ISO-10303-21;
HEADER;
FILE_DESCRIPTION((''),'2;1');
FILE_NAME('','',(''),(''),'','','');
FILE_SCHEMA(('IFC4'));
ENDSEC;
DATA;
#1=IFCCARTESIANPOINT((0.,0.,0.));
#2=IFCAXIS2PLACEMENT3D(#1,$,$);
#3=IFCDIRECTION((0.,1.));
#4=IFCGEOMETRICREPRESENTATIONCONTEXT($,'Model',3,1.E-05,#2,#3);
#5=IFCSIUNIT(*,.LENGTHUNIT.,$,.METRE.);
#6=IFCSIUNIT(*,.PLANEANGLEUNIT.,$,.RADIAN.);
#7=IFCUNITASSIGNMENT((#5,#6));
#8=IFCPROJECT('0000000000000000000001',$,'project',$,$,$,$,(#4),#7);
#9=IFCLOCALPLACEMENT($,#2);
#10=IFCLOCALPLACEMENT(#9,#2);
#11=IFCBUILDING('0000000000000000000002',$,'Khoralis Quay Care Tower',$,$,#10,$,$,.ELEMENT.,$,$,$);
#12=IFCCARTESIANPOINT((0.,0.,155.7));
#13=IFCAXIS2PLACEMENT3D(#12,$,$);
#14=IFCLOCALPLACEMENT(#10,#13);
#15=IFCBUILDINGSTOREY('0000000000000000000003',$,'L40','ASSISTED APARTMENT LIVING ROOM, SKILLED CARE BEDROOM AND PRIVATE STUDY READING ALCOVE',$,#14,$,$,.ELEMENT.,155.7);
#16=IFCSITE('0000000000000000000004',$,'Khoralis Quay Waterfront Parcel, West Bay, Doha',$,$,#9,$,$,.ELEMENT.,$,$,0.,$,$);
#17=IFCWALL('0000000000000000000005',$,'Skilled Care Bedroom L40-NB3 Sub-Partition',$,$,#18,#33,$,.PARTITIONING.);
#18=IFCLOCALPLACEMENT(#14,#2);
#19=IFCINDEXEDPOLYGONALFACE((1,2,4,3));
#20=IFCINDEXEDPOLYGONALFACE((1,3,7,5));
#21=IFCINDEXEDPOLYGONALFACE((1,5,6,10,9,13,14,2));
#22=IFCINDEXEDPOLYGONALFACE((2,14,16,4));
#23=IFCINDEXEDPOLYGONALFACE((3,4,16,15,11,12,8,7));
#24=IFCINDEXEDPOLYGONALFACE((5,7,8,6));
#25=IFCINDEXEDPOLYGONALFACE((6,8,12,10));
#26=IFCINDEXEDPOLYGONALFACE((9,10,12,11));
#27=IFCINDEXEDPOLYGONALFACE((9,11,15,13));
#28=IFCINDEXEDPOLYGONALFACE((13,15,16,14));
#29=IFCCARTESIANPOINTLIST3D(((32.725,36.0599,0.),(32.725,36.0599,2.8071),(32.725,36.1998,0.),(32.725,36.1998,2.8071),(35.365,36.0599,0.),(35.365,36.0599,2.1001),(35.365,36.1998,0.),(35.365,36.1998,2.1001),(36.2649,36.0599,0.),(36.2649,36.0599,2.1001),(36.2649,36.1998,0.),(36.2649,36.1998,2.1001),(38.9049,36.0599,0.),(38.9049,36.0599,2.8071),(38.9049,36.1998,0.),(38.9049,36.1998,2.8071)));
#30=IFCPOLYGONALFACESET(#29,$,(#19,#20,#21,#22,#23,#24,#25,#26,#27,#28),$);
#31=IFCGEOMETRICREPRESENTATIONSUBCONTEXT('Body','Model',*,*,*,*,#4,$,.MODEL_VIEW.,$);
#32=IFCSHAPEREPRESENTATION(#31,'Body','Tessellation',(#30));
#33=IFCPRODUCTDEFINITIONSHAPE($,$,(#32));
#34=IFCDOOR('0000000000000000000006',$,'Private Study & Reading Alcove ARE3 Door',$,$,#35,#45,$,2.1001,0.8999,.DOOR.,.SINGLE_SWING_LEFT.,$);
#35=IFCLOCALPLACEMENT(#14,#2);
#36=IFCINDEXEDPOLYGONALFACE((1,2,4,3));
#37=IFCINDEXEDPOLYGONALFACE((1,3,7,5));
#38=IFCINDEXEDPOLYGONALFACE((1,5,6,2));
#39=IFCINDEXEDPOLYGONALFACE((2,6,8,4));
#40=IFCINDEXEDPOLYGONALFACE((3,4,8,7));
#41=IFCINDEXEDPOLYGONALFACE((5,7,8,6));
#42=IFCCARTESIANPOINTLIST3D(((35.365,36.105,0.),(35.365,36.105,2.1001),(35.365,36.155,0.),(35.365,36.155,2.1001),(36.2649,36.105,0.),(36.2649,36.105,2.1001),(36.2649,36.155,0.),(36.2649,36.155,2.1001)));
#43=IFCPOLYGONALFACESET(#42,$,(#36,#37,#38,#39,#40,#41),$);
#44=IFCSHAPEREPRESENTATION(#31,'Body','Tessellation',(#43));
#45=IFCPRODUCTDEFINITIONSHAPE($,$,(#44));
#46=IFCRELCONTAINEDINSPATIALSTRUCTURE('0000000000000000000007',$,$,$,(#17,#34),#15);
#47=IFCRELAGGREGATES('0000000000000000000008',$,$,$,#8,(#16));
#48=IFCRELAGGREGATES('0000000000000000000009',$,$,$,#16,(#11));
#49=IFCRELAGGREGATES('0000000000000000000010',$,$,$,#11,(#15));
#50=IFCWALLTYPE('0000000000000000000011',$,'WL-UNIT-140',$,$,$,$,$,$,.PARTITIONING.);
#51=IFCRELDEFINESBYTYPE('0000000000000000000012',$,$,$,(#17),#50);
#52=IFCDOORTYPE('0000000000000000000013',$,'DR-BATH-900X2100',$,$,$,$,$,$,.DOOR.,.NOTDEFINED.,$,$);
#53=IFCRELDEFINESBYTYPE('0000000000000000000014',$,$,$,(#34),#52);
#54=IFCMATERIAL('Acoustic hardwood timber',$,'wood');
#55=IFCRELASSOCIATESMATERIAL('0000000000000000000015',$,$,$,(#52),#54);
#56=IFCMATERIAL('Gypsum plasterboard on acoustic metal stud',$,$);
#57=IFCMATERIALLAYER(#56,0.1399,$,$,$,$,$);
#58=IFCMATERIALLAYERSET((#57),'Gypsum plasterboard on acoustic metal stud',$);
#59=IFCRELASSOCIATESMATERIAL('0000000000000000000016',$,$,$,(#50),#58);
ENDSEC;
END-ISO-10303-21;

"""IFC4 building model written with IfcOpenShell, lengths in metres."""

from ifc_helpers import new_model, si_unit, direction, frame, frame_2d, origin, place, context, subcontext, project, spatial, rectangle, extrude, source, transform, mapped, material, layer, layer_set, type_object, element, fill, save


model = new_model("IFC4")

# Units and contexts
model_context = context("Model", 3, precision=1e-05, world=origin(), true_north=direction((0.0, 1.0)))
body_context = subcontext(model_context, "Body", "Model", "MODEL_VIEW")
ifc_project = project(units=[si_unit("LENGTHUNIT", "METRE"), si_unit("PLANEANGLEUNIT", "RADIAN")], contexts=[model_context])

# Site, building, storey
site_placement = place(None, origin())
site = spatial("IfcSite", under=ifc_project, at=site_placement, Name="Khoralis Quay Waterfront Parcel, West Bay, Doha", CompositionType="ELEMENT", RefElevation=0.0)
building_placement = place(site_placement, origin())
building = spatial("IfcBuilding", under=site, at=building_placement, Name="Khoralis Quay Care Tower", CompositionType="ELEMENT")
storey_placement = place(building_placement, frame((0.0, 0.0, 155.7)))
storey = spatial("IfcBuildingStorey", under=building, at=storey_placement, Name="L40", Description="ASSISTED APARTMENT LIVING ROOM, SKILLED CARE BEDROOM AND PRIVATE STUDY READING ALCOVE", CompositionType="ELEMENT", Elevation=155.7)

# Shared definitions
ifc_material_1 = material(Name="Acoustic hardwood timber", Category="wood")
door_type = type_object("IfcDoorType", Name="DR-BATH-900X2100", OperationType="NOTDEFINED", PredefinedType="DOOR", material=ifc_material_1)
shared_shape_1 = source(origin(), body_context, "Body", "SweptSolid", [
    extrude(rectangle(XDim=0.8999, YDim=2.1001, at=frame_2d((0.45, 1.05))), frame((0.0, 0.0249, 0.0), z_axis=(0.0, -1.0, 0.0), x_axis=(1.0, 0.0, 0.0)), (0.0, 0.0, 1.0), 0.05),
])

# Shared definitions
ifc_material_2 = material(Name="Gypsum plasterboard on acoustic metal stud")
ifc_layer_1 = layer(ifc_material_2, 0.1399)
ifc_layer_set_1 = layer_set([ifc_layer_1], Name="Gypsum plasterboard on acoustic metal stud")
wall_type_1 = type_object("IfcWallType", Name="WL-UNIT-140", PredefinedType="PARTITIONING", material=ifc_layer_set_1)

# Wall, opening, door
wall_1_placement = place(storey_placement, frame((32.7251, 36.1299, 0.0), z_axis=(0.0, 0.0, 1.0), x_axis=(1.0, 0.0, 0.0)))
wall_1 = element("IfcWall", 1, at=wall_1_placement, inside=storey, type_object=wall_type_1, Name="Skilled Care Bedroom L40-NB3 Sub-Partition", PredefinedType="PARTITIONING", context=body_context, shape_type="SweptSolid", body=[
    extrude(rectangle(XDim=6.1799, YDim=0.1399, at=frame_2d((3.0898, 0.0))), origin(), (0.0, 0.0, 1.0), 2.8071),
])
opening_1_placement = place(wall_1_placement, frame((2.6399, 0.0, 0.0)))
opening_1 = element("IfcOpeningElement", 2, at=opening_1_placement, cuts=wall_1, PredefinedType="OPENING", context=body_context, shape_type="SweptSolid", body=[
    extrude(rectangle(XDim=0.8999, YDim=2.1001, at=frame_2d((0.45, 1.05))), frame((0.0, 0.0801, 0.0), z_axis=(0.0, -1.0, 0.0), x_axis=(1.0, 0.0, 0.0)), (0.0, 0.0, 1.0), 0.1599),
])
door_1_placement = place(opening_1_placement, frame((0.8999, 0.0, 0.0), z_axis=(0.0, 0.0, 1.0), x_axis=(-1.0, 0.0, 0.0)))
door_1 = element("IfcDoor", 3, at=door_1_placement, inside=storey, type_object=door_type, Name="Private Study & Reading Alcove ARE3 Door", OperationType="SINGLE_SWING_LEFT", OverallHeight=2.1001, OverallWidth=0.8999, PredefinedType="DOOR", context=body_context, shape_type="MappedRepresentation", body=[
    mapped(shared_shape_1, transform((0.0, 0.0, 0.0), scale=1.0)),
])
fill(opening_1, door_1)

save(model, "model.ifc")
